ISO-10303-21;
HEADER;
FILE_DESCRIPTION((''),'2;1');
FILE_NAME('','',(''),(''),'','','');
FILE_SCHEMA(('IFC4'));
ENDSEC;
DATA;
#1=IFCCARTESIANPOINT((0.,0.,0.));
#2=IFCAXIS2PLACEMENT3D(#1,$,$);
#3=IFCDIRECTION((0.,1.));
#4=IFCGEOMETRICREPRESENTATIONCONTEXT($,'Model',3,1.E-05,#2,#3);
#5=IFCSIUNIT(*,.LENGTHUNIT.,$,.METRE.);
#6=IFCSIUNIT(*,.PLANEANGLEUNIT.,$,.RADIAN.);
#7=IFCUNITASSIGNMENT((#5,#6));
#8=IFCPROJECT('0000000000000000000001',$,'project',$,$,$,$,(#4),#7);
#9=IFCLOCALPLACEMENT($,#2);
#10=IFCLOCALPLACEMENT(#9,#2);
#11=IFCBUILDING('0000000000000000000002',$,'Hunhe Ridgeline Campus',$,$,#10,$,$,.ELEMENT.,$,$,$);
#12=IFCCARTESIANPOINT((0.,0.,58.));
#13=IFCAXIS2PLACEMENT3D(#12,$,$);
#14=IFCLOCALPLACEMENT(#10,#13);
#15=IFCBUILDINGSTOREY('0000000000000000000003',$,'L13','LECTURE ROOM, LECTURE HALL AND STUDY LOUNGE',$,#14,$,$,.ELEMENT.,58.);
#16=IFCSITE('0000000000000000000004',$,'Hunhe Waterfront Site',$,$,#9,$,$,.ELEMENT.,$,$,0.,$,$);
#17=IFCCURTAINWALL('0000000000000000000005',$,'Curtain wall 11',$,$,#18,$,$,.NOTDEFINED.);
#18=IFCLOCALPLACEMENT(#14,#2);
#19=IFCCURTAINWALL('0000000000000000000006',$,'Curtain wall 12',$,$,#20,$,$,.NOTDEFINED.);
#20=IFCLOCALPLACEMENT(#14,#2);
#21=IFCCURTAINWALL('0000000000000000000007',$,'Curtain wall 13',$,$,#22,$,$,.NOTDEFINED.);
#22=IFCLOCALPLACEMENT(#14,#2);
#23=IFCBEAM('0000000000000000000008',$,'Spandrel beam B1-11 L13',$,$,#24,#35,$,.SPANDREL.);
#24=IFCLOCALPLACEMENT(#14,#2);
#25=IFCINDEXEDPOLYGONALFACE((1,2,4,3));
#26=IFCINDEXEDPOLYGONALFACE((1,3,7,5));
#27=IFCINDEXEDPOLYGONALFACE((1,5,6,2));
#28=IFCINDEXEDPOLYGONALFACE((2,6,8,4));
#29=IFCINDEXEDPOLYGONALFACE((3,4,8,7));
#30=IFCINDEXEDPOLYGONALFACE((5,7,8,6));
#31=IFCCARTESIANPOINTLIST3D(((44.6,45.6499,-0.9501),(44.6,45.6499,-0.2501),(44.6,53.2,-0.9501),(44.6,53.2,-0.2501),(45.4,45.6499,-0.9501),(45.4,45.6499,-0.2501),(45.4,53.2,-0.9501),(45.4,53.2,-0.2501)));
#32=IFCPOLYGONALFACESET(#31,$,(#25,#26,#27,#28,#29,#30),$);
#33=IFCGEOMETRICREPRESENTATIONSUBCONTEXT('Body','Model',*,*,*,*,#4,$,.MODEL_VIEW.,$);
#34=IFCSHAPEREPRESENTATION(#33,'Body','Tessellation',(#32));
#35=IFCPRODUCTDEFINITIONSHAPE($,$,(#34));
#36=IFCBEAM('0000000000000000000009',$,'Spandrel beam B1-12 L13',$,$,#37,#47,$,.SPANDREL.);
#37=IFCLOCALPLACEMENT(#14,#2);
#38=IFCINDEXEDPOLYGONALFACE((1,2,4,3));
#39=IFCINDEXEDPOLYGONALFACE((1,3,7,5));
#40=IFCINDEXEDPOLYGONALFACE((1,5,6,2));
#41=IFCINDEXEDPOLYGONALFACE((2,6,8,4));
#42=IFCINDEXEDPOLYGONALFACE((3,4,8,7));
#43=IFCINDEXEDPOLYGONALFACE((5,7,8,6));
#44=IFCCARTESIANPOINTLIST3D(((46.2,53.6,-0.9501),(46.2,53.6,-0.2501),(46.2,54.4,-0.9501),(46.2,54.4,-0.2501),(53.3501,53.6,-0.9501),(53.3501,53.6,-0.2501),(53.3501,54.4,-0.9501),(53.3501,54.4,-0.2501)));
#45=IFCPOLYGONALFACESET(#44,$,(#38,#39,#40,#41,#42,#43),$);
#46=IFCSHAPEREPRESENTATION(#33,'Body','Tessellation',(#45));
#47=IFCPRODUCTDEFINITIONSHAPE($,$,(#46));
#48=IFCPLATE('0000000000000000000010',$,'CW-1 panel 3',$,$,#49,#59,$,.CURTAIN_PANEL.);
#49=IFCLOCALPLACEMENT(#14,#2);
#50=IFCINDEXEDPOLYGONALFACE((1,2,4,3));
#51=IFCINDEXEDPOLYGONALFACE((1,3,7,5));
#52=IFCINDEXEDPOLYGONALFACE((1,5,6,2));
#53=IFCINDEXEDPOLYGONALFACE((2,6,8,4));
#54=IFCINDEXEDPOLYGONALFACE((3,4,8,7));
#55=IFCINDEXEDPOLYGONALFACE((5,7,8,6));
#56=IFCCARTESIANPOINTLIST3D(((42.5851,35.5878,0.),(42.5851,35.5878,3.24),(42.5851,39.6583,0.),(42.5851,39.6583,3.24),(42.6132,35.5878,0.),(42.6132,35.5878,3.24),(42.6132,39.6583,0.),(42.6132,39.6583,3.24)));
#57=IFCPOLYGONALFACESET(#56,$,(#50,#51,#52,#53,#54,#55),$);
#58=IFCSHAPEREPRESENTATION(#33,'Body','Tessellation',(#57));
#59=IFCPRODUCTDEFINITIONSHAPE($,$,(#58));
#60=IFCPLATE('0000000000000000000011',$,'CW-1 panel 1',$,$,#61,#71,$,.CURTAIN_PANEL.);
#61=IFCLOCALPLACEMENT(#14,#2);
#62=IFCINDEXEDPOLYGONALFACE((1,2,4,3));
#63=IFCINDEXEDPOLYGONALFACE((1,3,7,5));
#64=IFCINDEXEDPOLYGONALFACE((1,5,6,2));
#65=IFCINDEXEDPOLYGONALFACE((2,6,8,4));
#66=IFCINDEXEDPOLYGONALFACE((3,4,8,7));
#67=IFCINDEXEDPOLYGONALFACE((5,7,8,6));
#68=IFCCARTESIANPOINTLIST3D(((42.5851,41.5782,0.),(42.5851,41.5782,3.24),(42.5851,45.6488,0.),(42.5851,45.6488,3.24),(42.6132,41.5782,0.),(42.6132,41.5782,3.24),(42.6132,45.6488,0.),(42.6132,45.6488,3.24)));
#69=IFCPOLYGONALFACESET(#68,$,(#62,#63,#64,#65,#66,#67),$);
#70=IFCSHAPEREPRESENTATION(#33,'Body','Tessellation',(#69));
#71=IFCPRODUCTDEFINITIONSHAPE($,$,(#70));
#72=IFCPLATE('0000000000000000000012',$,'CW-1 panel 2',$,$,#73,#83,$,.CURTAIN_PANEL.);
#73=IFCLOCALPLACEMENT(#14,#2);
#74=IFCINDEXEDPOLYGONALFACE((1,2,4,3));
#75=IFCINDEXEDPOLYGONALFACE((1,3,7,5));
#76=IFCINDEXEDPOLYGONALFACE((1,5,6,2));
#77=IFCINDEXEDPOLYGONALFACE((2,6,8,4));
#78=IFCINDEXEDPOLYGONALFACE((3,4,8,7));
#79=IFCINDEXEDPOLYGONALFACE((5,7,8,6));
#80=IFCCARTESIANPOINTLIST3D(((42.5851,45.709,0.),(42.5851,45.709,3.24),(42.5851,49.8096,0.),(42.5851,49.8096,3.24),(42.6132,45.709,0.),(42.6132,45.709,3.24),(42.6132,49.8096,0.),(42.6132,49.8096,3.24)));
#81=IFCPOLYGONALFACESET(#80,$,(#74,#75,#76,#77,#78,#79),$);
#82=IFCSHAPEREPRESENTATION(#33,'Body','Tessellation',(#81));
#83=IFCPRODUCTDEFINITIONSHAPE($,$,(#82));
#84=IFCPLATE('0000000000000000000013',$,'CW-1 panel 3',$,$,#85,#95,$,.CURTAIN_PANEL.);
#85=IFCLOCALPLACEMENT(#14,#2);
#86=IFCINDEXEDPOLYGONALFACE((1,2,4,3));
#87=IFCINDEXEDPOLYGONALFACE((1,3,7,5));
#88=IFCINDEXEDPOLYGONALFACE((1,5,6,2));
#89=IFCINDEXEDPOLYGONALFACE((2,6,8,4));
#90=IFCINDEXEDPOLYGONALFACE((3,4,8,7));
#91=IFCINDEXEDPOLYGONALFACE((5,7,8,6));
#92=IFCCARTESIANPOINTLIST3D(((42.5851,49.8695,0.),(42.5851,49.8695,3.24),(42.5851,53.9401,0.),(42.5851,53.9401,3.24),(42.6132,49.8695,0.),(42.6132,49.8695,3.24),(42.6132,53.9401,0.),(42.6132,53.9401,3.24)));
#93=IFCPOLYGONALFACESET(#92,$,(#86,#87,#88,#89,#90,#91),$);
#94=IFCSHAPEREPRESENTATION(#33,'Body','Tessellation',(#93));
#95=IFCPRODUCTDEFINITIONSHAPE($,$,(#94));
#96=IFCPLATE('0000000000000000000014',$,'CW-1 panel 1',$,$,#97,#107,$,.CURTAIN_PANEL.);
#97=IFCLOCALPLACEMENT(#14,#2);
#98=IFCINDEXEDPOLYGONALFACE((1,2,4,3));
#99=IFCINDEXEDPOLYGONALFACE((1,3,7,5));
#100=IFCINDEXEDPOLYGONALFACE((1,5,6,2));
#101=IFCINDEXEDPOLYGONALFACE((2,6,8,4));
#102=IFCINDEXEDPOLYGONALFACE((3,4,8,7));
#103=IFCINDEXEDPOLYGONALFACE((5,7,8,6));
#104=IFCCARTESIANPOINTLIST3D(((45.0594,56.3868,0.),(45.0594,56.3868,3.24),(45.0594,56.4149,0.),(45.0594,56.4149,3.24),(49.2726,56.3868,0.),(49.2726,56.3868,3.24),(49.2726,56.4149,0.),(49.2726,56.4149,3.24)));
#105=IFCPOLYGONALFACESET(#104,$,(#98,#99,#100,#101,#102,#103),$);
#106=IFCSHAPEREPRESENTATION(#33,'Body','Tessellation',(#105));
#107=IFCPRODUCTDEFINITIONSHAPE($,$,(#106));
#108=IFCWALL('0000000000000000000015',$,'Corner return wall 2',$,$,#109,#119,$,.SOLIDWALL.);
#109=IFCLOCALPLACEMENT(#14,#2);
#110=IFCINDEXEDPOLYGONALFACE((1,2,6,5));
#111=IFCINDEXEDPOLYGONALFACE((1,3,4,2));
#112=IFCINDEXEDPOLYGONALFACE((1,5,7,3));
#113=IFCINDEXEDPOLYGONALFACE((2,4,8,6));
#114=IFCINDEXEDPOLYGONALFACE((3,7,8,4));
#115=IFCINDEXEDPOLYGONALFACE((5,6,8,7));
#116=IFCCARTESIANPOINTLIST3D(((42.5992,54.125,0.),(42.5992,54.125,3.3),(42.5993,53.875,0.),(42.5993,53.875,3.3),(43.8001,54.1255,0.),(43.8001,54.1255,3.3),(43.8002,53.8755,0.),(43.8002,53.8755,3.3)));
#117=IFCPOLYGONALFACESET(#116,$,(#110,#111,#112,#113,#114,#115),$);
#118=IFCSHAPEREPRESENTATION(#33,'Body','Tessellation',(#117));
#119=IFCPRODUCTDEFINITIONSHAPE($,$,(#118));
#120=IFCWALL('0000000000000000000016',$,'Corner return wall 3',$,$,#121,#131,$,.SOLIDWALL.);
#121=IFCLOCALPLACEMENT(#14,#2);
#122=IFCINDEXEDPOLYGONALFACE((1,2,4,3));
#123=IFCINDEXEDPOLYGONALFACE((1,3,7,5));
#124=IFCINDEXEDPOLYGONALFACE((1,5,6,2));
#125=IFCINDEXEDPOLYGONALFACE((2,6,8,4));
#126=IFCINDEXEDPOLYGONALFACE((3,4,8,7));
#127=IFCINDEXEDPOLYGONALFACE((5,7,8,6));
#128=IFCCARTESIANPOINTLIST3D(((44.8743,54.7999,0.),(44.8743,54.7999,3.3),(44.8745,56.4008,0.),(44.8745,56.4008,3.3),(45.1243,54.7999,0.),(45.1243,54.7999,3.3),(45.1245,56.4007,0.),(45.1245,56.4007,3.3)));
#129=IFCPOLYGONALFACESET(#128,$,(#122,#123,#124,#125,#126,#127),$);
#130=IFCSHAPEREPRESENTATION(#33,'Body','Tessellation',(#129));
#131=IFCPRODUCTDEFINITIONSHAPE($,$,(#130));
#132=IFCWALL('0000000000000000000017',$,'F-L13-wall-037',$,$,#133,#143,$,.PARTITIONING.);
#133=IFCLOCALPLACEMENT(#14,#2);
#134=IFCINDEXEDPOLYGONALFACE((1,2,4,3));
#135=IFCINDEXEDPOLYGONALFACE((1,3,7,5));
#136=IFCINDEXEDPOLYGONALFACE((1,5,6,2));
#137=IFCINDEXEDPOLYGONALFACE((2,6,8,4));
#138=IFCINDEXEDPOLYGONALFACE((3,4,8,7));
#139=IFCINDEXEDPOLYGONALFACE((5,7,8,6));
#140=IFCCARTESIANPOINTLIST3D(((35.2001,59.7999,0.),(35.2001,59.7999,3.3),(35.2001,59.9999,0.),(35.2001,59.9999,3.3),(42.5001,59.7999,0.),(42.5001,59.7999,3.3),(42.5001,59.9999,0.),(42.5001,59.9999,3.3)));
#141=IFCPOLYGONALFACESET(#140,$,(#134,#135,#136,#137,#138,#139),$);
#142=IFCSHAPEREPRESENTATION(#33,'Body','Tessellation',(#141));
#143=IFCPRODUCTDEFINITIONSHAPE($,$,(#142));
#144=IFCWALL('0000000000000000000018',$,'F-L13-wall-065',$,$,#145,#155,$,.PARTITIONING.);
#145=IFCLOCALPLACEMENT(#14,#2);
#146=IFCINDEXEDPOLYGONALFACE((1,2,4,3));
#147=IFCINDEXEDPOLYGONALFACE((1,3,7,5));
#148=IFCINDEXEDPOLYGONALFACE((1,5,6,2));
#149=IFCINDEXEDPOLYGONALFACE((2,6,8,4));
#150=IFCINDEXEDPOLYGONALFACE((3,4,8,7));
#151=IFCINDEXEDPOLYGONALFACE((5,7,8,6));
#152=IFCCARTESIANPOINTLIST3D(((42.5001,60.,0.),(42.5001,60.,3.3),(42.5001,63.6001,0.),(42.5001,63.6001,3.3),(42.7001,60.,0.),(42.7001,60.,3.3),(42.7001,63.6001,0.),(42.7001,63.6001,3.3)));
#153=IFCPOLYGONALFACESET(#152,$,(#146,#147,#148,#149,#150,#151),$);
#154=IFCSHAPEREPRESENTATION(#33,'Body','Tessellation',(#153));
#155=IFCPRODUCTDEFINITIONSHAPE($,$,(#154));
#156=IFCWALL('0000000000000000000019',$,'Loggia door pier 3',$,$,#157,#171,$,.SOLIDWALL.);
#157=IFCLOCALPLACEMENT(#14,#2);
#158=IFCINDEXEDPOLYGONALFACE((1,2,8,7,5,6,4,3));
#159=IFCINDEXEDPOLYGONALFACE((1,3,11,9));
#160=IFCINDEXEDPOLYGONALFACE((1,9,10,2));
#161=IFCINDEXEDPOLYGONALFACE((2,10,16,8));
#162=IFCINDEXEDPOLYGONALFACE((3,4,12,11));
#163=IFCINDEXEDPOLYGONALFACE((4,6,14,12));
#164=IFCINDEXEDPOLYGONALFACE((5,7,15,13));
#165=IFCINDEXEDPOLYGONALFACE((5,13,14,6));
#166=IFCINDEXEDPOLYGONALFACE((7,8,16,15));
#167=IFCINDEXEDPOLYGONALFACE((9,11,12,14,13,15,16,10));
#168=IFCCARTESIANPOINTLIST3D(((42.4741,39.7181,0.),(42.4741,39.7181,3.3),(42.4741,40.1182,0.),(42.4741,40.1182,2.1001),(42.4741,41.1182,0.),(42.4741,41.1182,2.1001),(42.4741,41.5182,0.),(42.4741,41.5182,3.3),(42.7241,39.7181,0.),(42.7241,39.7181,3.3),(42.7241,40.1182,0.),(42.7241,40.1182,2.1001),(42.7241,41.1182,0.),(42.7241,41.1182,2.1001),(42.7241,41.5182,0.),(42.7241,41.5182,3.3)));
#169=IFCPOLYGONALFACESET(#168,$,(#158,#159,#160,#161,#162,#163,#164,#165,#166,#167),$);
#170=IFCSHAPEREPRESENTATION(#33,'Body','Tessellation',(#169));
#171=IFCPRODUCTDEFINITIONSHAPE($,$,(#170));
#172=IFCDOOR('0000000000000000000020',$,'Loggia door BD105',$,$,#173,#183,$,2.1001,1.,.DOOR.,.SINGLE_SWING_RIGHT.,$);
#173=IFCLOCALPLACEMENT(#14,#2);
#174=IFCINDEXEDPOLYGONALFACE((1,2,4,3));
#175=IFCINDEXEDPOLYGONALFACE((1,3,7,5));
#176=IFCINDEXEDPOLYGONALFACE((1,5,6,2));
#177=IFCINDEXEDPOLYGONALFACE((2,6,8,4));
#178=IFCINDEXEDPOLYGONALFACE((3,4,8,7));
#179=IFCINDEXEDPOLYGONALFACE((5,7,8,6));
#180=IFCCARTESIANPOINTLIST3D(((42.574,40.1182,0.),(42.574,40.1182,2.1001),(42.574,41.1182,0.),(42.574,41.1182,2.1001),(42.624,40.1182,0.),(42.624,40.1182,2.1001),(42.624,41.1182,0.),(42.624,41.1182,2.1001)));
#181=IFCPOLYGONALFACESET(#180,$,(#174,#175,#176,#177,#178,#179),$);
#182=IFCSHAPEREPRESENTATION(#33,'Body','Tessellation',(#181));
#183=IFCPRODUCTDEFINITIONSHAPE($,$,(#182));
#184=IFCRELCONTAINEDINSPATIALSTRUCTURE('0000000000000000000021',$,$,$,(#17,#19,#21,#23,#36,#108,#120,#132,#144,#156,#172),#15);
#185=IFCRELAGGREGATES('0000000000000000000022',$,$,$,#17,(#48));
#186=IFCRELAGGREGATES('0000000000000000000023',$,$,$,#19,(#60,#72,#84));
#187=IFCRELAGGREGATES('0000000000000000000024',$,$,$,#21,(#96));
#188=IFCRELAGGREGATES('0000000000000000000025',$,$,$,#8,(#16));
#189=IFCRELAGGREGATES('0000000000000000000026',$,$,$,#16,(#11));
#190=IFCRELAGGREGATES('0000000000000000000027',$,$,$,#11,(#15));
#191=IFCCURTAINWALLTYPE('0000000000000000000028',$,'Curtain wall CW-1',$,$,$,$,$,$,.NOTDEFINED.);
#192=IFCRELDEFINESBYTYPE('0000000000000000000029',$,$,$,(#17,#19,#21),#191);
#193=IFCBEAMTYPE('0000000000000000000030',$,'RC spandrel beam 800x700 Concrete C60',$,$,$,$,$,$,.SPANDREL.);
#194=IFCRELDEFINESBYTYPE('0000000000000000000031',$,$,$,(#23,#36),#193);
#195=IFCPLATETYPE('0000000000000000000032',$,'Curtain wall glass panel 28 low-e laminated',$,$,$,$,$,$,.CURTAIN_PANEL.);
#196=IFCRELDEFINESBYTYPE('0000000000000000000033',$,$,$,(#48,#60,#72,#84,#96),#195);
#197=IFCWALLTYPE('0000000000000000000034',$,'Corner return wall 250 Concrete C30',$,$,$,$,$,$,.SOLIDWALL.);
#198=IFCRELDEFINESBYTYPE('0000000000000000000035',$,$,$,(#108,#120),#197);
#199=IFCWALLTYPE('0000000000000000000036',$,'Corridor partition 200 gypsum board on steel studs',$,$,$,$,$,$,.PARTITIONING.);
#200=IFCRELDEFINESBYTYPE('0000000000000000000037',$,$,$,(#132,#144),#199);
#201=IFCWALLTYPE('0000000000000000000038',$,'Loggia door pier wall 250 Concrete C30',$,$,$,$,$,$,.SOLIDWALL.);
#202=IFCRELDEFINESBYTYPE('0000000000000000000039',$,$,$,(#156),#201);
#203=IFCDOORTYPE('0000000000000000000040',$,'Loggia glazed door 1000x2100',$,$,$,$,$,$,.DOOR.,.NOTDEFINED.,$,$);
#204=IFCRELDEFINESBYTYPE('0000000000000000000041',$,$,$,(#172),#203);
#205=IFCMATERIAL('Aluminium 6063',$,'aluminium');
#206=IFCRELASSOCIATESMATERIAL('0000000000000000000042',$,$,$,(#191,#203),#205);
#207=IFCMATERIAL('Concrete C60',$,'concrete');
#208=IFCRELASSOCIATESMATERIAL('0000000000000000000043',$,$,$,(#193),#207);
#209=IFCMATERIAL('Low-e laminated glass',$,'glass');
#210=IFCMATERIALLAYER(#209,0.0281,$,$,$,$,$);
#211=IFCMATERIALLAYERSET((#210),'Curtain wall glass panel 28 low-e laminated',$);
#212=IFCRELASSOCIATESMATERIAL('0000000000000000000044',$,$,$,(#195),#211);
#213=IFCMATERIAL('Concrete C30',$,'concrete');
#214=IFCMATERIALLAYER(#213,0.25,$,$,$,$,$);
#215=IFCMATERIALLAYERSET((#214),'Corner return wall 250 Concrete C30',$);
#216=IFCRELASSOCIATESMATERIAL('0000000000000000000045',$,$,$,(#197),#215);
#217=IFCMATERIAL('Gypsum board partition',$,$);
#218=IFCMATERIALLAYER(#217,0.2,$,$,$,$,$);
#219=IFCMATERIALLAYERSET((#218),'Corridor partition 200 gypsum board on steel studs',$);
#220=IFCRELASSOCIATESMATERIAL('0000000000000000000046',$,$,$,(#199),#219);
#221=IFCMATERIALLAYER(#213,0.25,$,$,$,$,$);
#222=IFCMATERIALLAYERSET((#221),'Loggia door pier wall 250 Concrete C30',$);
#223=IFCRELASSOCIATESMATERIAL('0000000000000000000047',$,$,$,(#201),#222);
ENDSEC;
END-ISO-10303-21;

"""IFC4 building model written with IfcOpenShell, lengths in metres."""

from ifc_helpers import new_model, si_unit, direction, frame, frame_2d, origin, origin_2d, place, context, subcontext, project, spatial, rectangle, extrude, material, layer, layer_set, material_profile, profile_set, type_object, element, fill, aggregate, save


model = new_model("IFC4")

# Units and contexts
model_context = context("Model", 3, precision=1e-05, world=origin(), true_north=direction((0.0, 1.0)))
body_context = subcontext(model_context, "Body", "Model", "MODEL_VIEW")
ifc_project = project(units=[si_unit("LENGTHUNIT", "METRE"), si_unit("PLANEANGLEUNIT", "RADIAN")], contexts=[model_context])

# Site, building, storey
site_placement = place(None, origin())
site = spatial("IfcSite", under=ifc_project, at=site_placement, Name="Hunhe Waterfront Site", CompositionType="ELEMENT", RefElevation=0.0)
building_placement = place(site_placement, origin())
building = spatial("IfcBuilding", under=site, at=building_placement, Name="Hunhe Ridgeline Campus", CompositionType="ELEMENT")
storey_placement = place(building_placement, frame((0.0, 0.0, 58.0)))
storey = spatial("IfcBuildingStorey", under=building, at=storey_placement, Name="L13", Description="LECTURE ROOM, LECTURE HALL AND STUDY LOUNGE", CompositionType="ELEMENT", Elevation=58.0)

# Curtain wall
ifc_material_1 = material(Name="Aluminium 6063", Category="aluminium")
curtain_wall_type = type_object("IfcCurtainWallType", Name="Curtain wall CW-1", PredefinedType="NOTDEFINED", material=ifc_material_1)
curtain_wall_1_placement = place(storey_placement, origin())
curtain_wall_1 = element("IfcCurtainWall", 1, at=curtain_wall_1_placement, inside=storey, type_object=curtain_wall_type, Name="Curtain wall 11", PredefinedType="NOTDEFINED")

# Curtain wall
curtain_wall_2_placement = place(storey_placement, origin())
curtain_wall_2 = element("IfcCurtainWall", 2, at=curtain_wall_2_placement, inside=storey, type_object=curtain_wall_type, Name="Curtain wall 12", PredefinedType="NOTDEFINED")

# Curtain wall
curtain_wall_3_placement = place(storey_placement, origin())
curtain_wall_3 = element("IfcCurtainWall", 3, at=curtain_wall_3_placement, inside=storey, type_object=curtain_wall_type, Name="Curtain wall 13", PredefinedType="NOTDEFINED")

# Beams
ifc_material_2 = material(Name="Concrete C60", Category="concrete")
ifc_material_profile_1 = material_profile(ifc_material_2, rectangle(XDim=0.8, YDim=0.7, at=origin_2d()))
ifc_profile_set_1 = profile_set([ifc_material_profile_1], Name="Concrete C60")
beam_type = type_object("IfcBeamType", Name="RC spandrel beam 800x700 Concrete C60", PredefinedType="SPANDREL", material=ifc_profile_set_1)
beam_1_placement = place(storey_placement, frame((45.0, 45.6499, -0.6001), z_axis=(0.0, 1.0, 0.0), x_axis=(-1.0, 0.0, 0.0)))
element("IfcBeam", 4, at=beam_1_placement, inside=storey, type_object=beam_type, Name="Spandrel beam B1-11 L13", PredefinedType="SPANDREL", context=body_context, shape_type="SweptSolid", body=[
    extrude(rectangle(XDim=0.8, YDim=0.7, at=origin_2d()), origin(), (0.0, 0.0, 1.0), 7.55),
])
beam_2_placement = place(storey_placement, frame((46.2, 54.0, -0.6001), z_axis=(1.0, 0.0, 0.0), x_axis=(0.0, 1.0, 0.0)))
element("IfcBeam", 5, at=beam_2_placement, inside=storey, type_object=beam_type, Name="Spandrel beam B1-12 L13", PredefinedType="SPANDREL", context=body_context, shape_type="SweptSolid", body=[
    extrude(rectangle(XDim=0.8, YDim=0.7, at=origin_2d()), origin(), (0.0, 0.0, 1.0), 7.1501),
])

# Plates
ifc_material_3 = material(Name="Low-e laminated glass", Category="glass")
ifc_layer_1 = layer(ifc_material_3, 0.0281)
ifc_layer_set_1 = layer_set([ifc_layer_1], Name="Curtain wall glass panel 28 low-e laminated")
plate_type = type_object("IfcPlateType", Name="Curtain wall glass panel 28 low-e laminated", PredefinedType="CURTAIN_PANEL", material=ifc_layer_set_1)
plate_1_placement = place(storey_placement, frame((42.5991, 37.623, 0.0), z_axis=(0.0, 0.0, 1.0), x_axis=(0.0, 1.0, 0.0)))
plate_1 = element("IfcPlate", 6, at=plate_1_placement, type_object=plate_type, Name="CW-1 panel 3", PredefinedType="CURTAIN_PANEL", context=body_context, shape_type="SweptSolid", body=[
    extrude(rectangle(XDim=4.0706, YDim=0.0281, at=origin_2d()), origin(), (0.0, 0.0, 1.0), 3.24),
])
aggregate(curtain_wall_1, [plate_1])
plate_2_placement = place(storey_placement, frame((42.5991, 43.6135, 0.0), z_axis=(0.0, 0.0, 1.0), x_axis=(0.0, 1.0, 0.0)))
plate_2 = element("IfcPlate", 7, at=plate_2_placement, type_object=plate_type, Name="CW-1 panel 1", PredefinedType="CURTAIN_PANEL", context=body_context, shape_type="SweptSolid", body=[
    extrude(rectangle(XDim=4.0706, YDim=0.0281, at=origin_2d()), origin(), (0.0, 0.0, 1.0), 3.24),
])
plate_3_placement = place(storey_placement, frame((42.5991, 47.7593, 0.0), z_axis=(0.0, 0.0, 1.0), x_axis=(0.0, 1.0, 0.0)))
plate_3 = element("IfcPlate", 8, at=plate_3_placement, type_object=plate_type, Name="CW-1 panel 2", PredefinedType="CURTAIN_PANEL", context=body_context, shape_type="SweptSolid", body=[
    extrude(rectangle(XDim=4.1006, YDim=0.0281, at=origin_2d()), origin(), (0.0, 0.0, 1.0), 3.24),
])
plate_4_placement = place(storey_placement, frame((42.5991, 51.9048, 0.0), z_axis=(0.0, 0.0, 1.0), x_axis=(0.0, 1.0, 0.0)))
plate_4 = element("IfcPlate", 9, at=plate_4_placement, type_object=plate_type, Name="CW-1 panel 3", PredefinedType="CURTAIN_PANEL", context=body_context, shape_type="SweptSolid", body=[
    extrude(rectangle(XDim=4.0706, YDim=0.0281, at=origin_2d()), origin(), (0.0, 0.0, 1.0), 3.24),
])
aggregate(curtain_wall_2, [plate_2, plate_3, plate_4])
plate_5_placement = place(storey_placement, frame((47.166, 56.4009, 0.0), z_axis=(0.0, 0.0, 1.0), x_axis=(1.0, 0.000004, 0.0)))
plate_5 = element("IfcPlate", 10, at=plate_5_placement, type_object=plate_type, Name="CW-1 panel 1", PredefinedType="CURTAIN_PANEL", context=body_context, shape_type="SweptSolid", body=[
    extrude(rectangle(XDim=4.2131, YDim=0.0281, at=origin_2d()), origin(), (0.0, 0.0, 1.0), 3.24),
])
aggregate(curtain_wall_3, [plate_5])

# Walls
ifc_material_4 = material(Name="Concrete C30", Category="concrete")
ifc_layer_2 = layer(ifc_material_4, 0.25)
ifc_layer_set_2 = layer_set([ifc_layer_2], Name="Corner return wall 250 Concrete C30")
wall_type_1 = type_object("IfcWallType", Name="Corner return wall 250 Concrete C30", PredefinedType="SOLIDWALL", material=ifc_layer_set_2)
wall_1_placement = place(storey_placement, frame((42.5991, 54.0, 0.0), z_axis=(0.0, 0.0, 1.0), x_axis=(1.0, 0.000407, 0.0)))
element("IfcWall", 11, at=wall_1_placement, inside=storey, type_object=wall_type_1, Name="Corner return wall 2", PredefinedType="SOLIDWALL", context=body_context, shape_type="SweptSolid", body=[
    extrude(rectangle(XDim=1.2009, YDim=0.25, at=frame_2d((0.6006, 0.0))), origin(), (0.0, 0.0, 1.0), 3.3),
])
wall_2_placement = place(storey_placement, frame((44.9993, 54.8, 0.0), z_axis=(0.0, 0.0, 1.0), x_axis=(0.000153, 1.0, 0.0)))
element("IfcWall", 12, at=wall_2_placement, inside=storey, type_object=wall_type_1, Name="Corner return wall 3", PredefinedType="SOLIDWALL", context=body_context, shape_type="SweptSolid", body=[
    extrude(rectangle(XDim=1.6008, YDim=0.25, at=frame_2d((0.8003, 0.0))), origin(), (0.0, 0.0, 1.0), 3.3),
])
ifc_material_5 = material(Name="Gypsum board partition")
ifc_layer_3 = layer(ifc_material_5, 0.2)
ifc_layer_set_3 = layer_set([ifc_layer_3], Name="Corridor partition 200 gypsum board on steel studs")
wall_type_2 = type_object("IfcWallType", Name="Corridor partition 200 gypsum board on steel studs", PredefinedType="PARTITIONING", material=ifc_layer_set_3)
wall_3_placement = place(storey_placement, frame((42.5, 59.8999, 0.0), z_axis=(0.0, 0.0, 1.0), x_axis=(-1.0, 0.0, 0.0)))
element("IfcWall", 13, at=wall_3_placement, inside=storey, type_object=wall_type_2, Name="F-L13-wall-037", PredefinedType="PARTITIONING", context=body_context, shape_type="SweptSolid", body=[
    extrude(rectangle(XDim=7.3, YDim=0.2, at=frame_2d((3.6499, 0.0))), origin(), (0.0, 0.0, 1.0), 3.3),
])
wall_4_placement = place(storey_placement, frame((42.6001, 63.6001, 0.0), z_axis=(0.0, 0.0, 1.0), x_axis=(0.0, -1.0, 0.0)))
element("IfcWall", 14, at=wall_4_placement, inside=storey, type_object=wall_type_2, Name="F-L13-wall-065", PredefinedType="PARTITIONING", context=body_context, shape_type="SweptSolid", body=[
    extrude(rectangle(XDim=3.6001, YDim=0.2, at=frame_2d((1.8, 0.0))), origin(), (0.0, 0.0, 1.0), 3.3),
])

# Wall, opening, door
ifc_layer_4 = layer(ifc_material_4, 0.25)
ifc_layer_set_4 = layer_set([ifc_layer_4], Name="Loggia door pier wall 250 Concrete C30")
wall_type_3 = type_object("IfcWallType", Name="Loggia door pier wall 250 Concrete C30", PredefinedType="SOLIDWALL", material=ifc_layer_set_4)
wall_5_placement = place(storey_placement, frame((42.5991, 39.7183, 0.0), z_axis=(0.0, 0.0, 1.0), x_axis=(0.0, 1.0, 0.0)))
wall_5 = element("IfcWall", 15, at=wall_5_placement, inside=storey, type_object=wall_type_3, Name="Loggia door pier 3", PredefinedType="SOLIDWALL", context=body_context, shape_type="SweptSolid", body=[
    extrude(rectangle(XDim=1.8, YDim=0.25, at=frame_2d((0.8999, 0.0))), origin(), (0.0, 0.0, 1.0), 3.3),
])
opening_placement = place(wall_5_placement, frame((0.3999, 0.0, 0.0)))
opening = element("IfcOpeningElement", 16, at=opening_placement, cuts=wall_5, PredefinedType="OPENING", context=body_context, shape_type="SweptSolid", body=[
    extrude(rectangle(XDim=1.0, YDim=2.1001, at=frame_2d((0.5, 1.05))), frame((0.0, 0.125, 0.0), z_axis=(0.0, -1.0, 0.0), x_axis=(1.0, 0.0, 0.0)), (0.0, 0.0, 1.0), 0.25),
])
door_type = type_object("IfcDoorType", Name="Loggia glazed door 1000x2100", OperationType="NOTDEFINED", PredefinedType="DOOR", material=ifc_material_1)
door_placement = place(opening_placement, frame((1.0, 0.0, 0.0), z_axis=(0.0, 0.0, 1.0), x_axis=(-1.0, 0.0, 0.0)))
door = element("IfcDoor", 17, at=door_placement, inside=storey, type_object=door_type, Name="Loggia door BD105", OperationType="SINGLE_SWING_RIGHT", OverallHeight=2.1001, OverallWidth=1.0, PredefinedType="DOOR", context=body_context, shape_type="SweptSolid", body=[
    extrude(rectangle(XDim=1.0, YDim=2.1001, at=frame_2d((0.5, 1.05))), frame((0.0, 0.0249, 0.0), z_axis=(0.0, -1.0, 0.0), x_axis=(1.0, 0.0, 0.0)), (0.0, 0.0, 1.0), 0.05),
])
fill(opening, door)

save(model, "model.ifc")
